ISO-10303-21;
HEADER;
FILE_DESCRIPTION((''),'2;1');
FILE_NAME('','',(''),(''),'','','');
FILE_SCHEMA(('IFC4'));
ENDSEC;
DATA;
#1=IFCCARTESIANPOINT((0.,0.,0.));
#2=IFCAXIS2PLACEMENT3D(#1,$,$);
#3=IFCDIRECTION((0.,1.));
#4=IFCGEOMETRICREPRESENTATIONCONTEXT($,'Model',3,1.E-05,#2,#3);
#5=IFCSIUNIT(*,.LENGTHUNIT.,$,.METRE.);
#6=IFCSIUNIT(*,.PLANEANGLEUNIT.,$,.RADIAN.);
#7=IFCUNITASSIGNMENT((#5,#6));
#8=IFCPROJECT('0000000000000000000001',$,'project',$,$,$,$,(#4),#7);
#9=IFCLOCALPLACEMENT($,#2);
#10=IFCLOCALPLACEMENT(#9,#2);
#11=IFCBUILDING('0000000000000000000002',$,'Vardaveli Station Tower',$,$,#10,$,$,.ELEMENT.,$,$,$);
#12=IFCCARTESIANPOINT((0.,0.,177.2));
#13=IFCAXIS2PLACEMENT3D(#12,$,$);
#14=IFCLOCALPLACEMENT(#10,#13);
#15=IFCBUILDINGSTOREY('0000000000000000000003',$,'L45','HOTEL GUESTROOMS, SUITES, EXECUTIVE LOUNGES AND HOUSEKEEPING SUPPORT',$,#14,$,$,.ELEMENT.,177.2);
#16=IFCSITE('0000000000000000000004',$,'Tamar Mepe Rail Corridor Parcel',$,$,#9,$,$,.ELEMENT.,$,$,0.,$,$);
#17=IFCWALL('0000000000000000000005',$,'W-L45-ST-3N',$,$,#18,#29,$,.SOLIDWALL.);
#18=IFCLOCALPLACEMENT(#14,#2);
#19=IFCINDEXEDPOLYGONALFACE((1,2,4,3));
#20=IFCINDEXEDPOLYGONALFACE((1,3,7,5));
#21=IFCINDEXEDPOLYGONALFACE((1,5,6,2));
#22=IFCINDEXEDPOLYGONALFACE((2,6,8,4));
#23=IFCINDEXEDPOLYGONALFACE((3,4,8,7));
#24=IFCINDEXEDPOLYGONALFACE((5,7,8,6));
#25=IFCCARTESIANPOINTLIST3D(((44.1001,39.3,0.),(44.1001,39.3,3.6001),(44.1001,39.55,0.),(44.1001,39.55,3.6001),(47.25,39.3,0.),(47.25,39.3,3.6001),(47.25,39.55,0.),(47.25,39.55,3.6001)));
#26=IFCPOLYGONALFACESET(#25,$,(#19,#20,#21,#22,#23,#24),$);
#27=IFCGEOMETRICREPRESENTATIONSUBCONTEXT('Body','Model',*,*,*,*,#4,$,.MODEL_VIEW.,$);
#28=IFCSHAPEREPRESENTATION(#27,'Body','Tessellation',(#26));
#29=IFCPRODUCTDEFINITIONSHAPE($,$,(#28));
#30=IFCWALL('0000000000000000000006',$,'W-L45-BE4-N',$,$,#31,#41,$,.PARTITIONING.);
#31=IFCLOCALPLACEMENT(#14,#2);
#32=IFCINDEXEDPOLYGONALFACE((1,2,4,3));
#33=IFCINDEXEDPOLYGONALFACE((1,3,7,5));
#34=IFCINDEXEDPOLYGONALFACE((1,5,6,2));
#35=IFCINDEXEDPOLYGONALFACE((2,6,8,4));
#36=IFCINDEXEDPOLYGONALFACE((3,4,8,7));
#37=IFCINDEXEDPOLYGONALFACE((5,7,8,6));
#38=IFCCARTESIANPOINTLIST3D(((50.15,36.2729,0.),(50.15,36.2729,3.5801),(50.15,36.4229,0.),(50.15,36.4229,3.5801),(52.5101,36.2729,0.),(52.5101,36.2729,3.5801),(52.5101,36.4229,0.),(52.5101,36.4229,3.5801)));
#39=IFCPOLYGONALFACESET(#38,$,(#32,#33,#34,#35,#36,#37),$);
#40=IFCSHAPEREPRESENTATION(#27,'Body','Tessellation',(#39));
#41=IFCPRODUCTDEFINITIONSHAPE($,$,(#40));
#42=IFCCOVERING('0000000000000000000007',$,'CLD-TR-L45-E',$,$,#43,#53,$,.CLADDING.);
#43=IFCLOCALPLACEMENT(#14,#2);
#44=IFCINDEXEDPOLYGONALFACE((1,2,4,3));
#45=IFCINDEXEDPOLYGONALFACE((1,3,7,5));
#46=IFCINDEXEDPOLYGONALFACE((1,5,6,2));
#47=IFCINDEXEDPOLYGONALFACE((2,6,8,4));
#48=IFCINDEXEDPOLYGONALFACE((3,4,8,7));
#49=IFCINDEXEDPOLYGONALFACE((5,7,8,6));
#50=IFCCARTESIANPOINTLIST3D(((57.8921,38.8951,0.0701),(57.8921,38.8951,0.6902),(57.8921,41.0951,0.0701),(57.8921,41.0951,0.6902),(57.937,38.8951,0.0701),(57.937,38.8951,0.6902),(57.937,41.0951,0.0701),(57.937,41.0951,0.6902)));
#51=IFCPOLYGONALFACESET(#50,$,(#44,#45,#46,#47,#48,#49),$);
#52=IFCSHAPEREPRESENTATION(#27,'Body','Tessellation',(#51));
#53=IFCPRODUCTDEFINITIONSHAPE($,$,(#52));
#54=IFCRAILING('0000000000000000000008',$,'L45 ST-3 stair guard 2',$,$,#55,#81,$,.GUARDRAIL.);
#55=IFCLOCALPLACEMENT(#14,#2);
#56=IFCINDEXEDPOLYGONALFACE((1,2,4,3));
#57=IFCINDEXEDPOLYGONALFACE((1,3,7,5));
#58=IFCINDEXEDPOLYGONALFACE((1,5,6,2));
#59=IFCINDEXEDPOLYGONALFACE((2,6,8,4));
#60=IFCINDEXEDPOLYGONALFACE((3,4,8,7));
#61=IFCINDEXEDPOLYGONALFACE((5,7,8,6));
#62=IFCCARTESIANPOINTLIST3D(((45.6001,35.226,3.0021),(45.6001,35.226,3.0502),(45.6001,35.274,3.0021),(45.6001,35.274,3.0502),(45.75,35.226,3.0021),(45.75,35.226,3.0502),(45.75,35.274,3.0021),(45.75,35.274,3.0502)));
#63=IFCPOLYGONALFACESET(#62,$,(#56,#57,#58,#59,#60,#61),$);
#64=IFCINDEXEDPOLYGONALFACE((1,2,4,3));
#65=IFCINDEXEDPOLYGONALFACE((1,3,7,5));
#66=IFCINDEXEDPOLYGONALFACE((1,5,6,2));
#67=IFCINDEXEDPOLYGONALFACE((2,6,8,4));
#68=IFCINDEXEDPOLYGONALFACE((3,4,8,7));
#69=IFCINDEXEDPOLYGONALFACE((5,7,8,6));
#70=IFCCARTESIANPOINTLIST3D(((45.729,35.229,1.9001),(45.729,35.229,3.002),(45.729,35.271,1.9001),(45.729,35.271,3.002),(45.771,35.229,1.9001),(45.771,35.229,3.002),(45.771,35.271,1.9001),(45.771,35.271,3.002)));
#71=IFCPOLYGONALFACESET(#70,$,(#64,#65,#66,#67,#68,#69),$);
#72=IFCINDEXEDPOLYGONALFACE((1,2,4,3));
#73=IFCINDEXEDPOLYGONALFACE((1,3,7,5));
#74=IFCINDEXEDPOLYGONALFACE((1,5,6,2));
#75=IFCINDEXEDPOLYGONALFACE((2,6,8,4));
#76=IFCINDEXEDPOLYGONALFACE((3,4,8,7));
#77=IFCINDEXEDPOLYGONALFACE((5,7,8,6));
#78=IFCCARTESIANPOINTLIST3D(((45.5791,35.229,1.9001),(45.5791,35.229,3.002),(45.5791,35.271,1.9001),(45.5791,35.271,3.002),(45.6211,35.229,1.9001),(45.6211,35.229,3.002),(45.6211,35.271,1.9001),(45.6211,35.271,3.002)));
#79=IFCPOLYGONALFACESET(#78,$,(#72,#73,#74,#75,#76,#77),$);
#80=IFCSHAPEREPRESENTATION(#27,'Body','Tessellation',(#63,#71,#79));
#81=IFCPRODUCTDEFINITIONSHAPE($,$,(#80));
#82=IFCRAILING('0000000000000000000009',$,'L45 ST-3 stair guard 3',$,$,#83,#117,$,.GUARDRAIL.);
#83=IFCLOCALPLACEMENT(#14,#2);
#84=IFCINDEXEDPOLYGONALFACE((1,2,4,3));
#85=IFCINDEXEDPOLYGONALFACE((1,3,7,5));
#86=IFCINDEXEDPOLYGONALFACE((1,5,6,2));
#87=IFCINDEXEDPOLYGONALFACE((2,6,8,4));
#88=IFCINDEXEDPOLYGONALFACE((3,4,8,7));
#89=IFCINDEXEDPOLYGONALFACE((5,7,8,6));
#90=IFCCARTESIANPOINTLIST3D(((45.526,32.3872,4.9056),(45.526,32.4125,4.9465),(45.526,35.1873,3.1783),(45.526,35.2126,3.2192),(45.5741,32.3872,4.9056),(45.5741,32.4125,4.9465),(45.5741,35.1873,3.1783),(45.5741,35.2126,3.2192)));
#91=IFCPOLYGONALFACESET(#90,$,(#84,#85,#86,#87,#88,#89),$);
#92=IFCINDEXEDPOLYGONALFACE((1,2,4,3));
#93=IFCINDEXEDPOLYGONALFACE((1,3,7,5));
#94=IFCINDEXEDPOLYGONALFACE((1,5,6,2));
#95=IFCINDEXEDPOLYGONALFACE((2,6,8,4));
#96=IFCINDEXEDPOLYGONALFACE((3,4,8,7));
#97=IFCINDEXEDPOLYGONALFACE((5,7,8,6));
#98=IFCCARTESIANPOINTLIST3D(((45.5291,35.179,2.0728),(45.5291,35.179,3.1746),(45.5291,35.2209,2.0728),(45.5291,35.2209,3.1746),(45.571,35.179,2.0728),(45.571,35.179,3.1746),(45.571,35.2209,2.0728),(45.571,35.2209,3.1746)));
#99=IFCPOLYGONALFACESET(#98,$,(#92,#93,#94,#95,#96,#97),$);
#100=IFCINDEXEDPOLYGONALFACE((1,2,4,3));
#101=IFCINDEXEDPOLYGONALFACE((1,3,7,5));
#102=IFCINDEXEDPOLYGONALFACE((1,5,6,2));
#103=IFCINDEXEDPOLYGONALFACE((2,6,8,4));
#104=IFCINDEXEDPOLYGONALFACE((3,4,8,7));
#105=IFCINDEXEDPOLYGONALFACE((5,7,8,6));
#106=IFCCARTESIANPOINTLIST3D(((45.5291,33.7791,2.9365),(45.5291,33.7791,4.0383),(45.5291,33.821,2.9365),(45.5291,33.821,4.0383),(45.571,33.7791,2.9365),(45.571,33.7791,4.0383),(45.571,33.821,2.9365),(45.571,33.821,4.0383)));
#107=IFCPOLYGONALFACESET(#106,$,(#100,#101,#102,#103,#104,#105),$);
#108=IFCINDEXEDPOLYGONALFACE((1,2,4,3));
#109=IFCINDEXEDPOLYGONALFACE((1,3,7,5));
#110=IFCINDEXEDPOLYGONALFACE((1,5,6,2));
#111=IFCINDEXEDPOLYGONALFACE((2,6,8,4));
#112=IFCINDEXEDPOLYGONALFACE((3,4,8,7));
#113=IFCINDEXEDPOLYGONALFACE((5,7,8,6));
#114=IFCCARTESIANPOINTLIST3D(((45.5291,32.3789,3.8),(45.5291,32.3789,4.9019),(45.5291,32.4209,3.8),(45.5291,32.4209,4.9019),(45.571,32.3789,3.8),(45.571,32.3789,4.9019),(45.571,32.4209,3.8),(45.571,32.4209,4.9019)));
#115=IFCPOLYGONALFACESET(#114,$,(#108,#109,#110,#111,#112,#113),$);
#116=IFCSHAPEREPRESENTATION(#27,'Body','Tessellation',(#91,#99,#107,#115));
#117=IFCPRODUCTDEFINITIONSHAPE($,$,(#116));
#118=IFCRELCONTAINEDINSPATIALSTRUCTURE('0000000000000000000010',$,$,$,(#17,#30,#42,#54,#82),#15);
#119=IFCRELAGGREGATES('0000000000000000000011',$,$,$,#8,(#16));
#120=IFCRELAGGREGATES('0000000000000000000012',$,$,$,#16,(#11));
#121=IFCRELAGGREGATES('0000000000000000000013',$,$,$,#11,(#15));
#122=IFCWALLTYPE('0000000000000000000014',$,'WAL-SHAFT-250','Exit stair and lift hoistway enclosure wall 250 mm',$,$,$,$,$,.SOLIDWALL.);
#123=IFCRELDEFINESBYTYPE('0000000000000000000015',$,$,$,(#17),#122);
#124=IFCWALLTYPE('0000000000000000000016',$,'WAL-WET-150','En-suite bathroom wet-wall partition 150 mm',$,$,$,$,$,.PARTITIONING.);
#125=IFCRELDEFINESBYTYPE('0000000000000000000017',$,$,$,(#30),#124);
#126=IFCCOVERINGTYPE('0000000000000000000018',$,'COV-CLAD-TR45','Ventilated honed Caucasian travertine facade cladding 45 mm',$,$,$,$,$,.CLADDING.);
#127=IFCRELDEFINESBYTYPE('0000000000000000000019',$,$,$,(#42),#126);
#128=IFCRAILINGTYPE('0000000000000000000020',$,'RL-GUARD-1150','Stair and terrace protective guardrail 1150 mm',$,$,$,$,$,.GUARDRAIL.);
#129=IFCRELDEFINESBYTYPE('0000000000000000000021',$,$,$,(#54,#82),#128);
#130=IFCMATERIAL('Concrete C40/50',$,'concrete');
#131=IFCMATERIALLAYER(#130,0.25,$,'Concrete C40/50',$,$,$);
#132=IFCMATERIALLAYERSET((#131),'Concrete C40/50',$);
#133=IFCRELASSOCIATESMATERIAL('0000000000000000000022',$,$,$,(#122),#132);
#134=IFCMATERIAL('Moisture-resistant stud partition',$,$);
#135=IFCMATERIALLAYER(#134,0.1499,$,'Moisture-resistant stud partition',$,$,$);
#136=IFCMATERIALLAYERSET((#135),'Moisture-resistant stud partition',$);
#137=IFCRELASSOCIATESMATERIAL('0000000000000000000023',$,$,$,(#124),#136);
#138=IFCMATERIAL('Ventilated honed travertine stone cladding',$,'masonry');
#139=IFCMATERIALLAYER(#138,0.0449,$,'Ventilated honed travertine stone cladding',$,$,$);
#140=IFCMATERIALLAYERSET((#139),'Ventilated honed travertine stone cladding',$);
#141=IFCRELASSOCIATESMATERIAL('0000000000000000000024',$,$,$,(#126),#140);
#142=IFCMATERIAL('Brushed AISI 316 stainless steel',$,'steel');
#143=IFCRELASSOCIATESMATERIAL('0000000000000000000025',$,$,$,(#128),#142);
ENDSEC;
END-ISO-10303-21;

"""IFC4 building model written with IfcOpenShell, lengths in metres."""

from ifc_helpers import new_model, si_unit, direction, frame, frame_2d, origin, origin_2d, place, context, subcontext, project, spatial, rectangle, extrude, source, transform, mapped, material, layer, layer_set, type_object, element, save


model = new_model("IFC4")

# Units and contexts
model_context = context("Model", 3, precision=1e-05, world=origin(), true_north=direction((0.0, 1.0)))
body_context = subcontext(model_context, "Body", "Model", "MODEL_VIEW")
ifc_project = project(units=[si_unit("LENGTHUNIT", "METRE"), si_unit("PLANEANGLEUNIT", "RADIAN")], contexts=[model_context])

# Site, building, storey
site_placement = place(None, origin())
site = spatial("IfcSite", under=ifc_project, at=site_placement, Name="Tamar Mepe Rail Corridor Parcel", CompositionType="ELEMENT", RefElevation=0.0)
building_placement = place(site_placement, origin())
building = spatial("IfcBuilding", under=site, at=building_placement, Name="Vardaveli Station Tower", CompositionType="ELEMENT")
storey_placement = place(building_placement, frame((0.0, 0.0, 177.2)))
storey = spatial("IfcBuildingStorey", under=building, at=storey_placement, Name="L45", Description="HOTEL GUESTROOMS, SUITES, EXECUTIVE LOUNGES AND HOUSEKEEPING SUPPORT", CompositionType="ELEMENT", Elevation=177.2)

# Walls
ifc_material_1 = material(Name="Concrete C40/50", Category="concrete")
ifc_layer_1 = layer(ifc_material_1, 0.25, Name="Concrete C40/50")
ifc_layer_set_1 = layer_set([ifc_layer_1], Name="Concrete C40/50")
wall_type_1 = type_object("IfcWallType", Name="WAL-SHAFT-250", Description="Exit stair and lift hoistway enclosure wall 250 mm", PredefinedType="SOLIDWALL", material=ifc_layer_set_1)
shared_shape_1 = source(origin(), body_context, "Body", "SweptSolid", [
    extrude(rectangle(XDim=3.1499, YDim=0.25, at=frame_2d((1.575, 0.0))), origin(), (0.0, 0.0, 1.0), 3.6001),
])
wall_1_placement = place(storey_placement, frame((44.1001, 39.425, 0.0), z_axis=(0.0, 0.0, 1.0), x_axis=(1.0, 0.0, 0.0)))
element("IfcWall", 1, at=wall_1_placement, inside=storey, type_object=wall_type_1, Name="W-L45-ST-3N", PredefinedType="SOLIDWALL", context=body_context, shape_type="MappedRepresentation", body=[
    mapped(shared_shape_1, transform((0.0, 0.0, 0.0), scale=1.0)),
])
ifc_material_2 = material(Name="Moisture-resistant stud partition")
ifc_layer_2 = layer(ifc_material_2, 0.1499, Name="Moisture-resistant stud partition")
ifc_layer_set_2 = layer_set([ifc_layer_2], Name="Moisture-resistant stud partition")
wall_type_2 = type_object("IfcWallType", Name="WAL-WET-150", Description="En-suite bathroom wet-wall partition 150 mm", PredefinedType="PARTITIONING", material=ifc_layer_set_2)
shared_shape_2 = source(origin(), body_context, "Body", "SweptSolid", [
    extrude(rectangle(XDim=2.3601, YDim=0.1499, at=frame_2d((1.1802, 0.0))), origin(), (0.0, 0.0, 1.0), 3.5801),
])
wall_2_placement = place(storey_placement, frame((50.1499, 36.3479, 0.0), z_axis=(0.0, 0.0, 1.0), x_axis=(1.0, 0.0, 0.0)))
element("IfcWall", 2, at=wall_2_placement, inside=storey, type_object=wall_type_2, Name="W-L45-BE4-N", PredefinedType="PARTITIONING", context=body_context, shape_type="MappedRepresentation", body=[
    mapped(shared_shape_2, transform((0.0, 0.0, 0.0), scale=1.0)),
])

# Covering
ifc_material_3 = material(Name="Ventilated honed travertine stone cladding", Category="masonry")
ifc_layer_3 = layer(ifc_material_3, 0.0449, Name="Ventilated honed travertine stone cladding")
ifc_layer_set_3 = layer_set([ifc_layer_3], Name="Ventilated honed travertine stone cladding")
covering_type = type_object("IfcCoveringType", Name="COV-CLAD-TR45", Description="Ventilated honed Caucasian travertine facade cladding 45 mm", PredefinedType="CLADDING", material=ifc_layer_set_3)
shared_shape_3 = source(origin(), body_context, "Body", "SweptSolid", [
    extrude(rectangle(XDim=2.2, YDim=0.0449, at=origin_2d()), origin(), (0.0, 0.0, 1.0), 0.6201),
])
covering_placement = place(storey_placement, frame((57.9146, 39.9951, 0.0701), z_axis=(0.0, 0.0, 1.0), x_axis=(0.0, 1.0, 0.0)))
element("IfcCovering", 3, at=covering_placement, inside=storey, type_object=covering_type, Name="CLD-TR-L45-E", PredefinedType="CLADDING", context=body_context, shape_type="MappedRepresentation", body=[
    mapped(shared_shape_3, transform((0.0, 0.0, 0.0), scale=1.0)),
])

# Railings
ifc_material_4 = material(Name="Brushed AISI 316 stainless steel", Category="steel")
railing_type = type_object("IfcRailingType", Name="RL-GUARD-1150", Description="Stair and terrace protective guardrail 1150 mm", PredefinedType="GUARDRAIL", material=ifc_material_4)
shared_shape_4 = source(origin(), body_context, "Body", "SweptSolid", [
    extrude(rectangle(XDim=0.0481, YDim=0.0481, at=origin_2d()), frame((0.0, 0.0, 1.126), z_axis=(-1.0, 0.0, 0.0), x_axis=(0.0, -1.0, 0.0)), (0.0, 0.0, 1.0), 0.1499),
    extrude(rectangle(XDim=0.042, YDim=0.042, at=origin_2d()), origin(), (0.0, 0.0, 1.0), 1.1018),
    extrude(rectangle(XDim=0.042, YDim=0.042, at=origin_2d()), frame((-0.1499, 0.0, 0.0)), (0.0, 0.0, 1.0), 1.1018),
])
railing_1_placement = place(storey_placement, frame((45.75, 35.25, 1.9001)))
element("IfcRailing", 4, at=railing_1_placement, inside=storey, type_object=railing_type, Name="L45 ST-3 stair guard 2", PredefinedType="GUARDRAIL", context=body_context, shape_type="MappedRepresentation", body=[
    mapped(shared_shape_4, transform((0.0, 0.0, 0.0), scale=1.0)),
])
shared_shape_5 = source(origin(), body_context, "Body", "SweptSolid", [
    extrude(rectangle(XDim=0.0481, YDim=0.0481, at=origin_2d()), frame((0.0, 0.0, 1.126), z_axis=(0.0, -0.85109, 0.52502), x_axis=(1.0, 0.0, 0.0)), (0.0, 0.0, 1.0), 3.29),
    extrude(rectangle(XDim=0.042, YDim=0.042, at=origin_2d()), origin(), (0.0, 0.0, 1.0), 1.1018),
    extrude(rectangle(XDim=0.042, YDim=0.042, at=origin_2d()), frame((0.0, -1.3999, 0.8638)), (0.0, 0.0, 1.0), 1.1018),
    extrude(rectangle(XDim=0.042, YDim=0.042, at=origin_2d()), frame((0.0, -2.8, 1.7273)), (0.0, 0.0, 1.0), 1.1018),
])
railing_2_placement = place(storey_placement, frame((45.55, 35.2, 2.0728)))
element("IfcRailing", 5, at=railing_2_placement, inside=storey, type_object=railing_type, Name="L45 ST-3 stair guard 3", PredefinedType="GUARDRAIL", context=body_context, shape_type="MappedRepresentation", body=[
    mapped(shared_shape_5, transform((0.0, 0.0, 0.0), scale=1.0)),
])

save(model, "model.ifc")
